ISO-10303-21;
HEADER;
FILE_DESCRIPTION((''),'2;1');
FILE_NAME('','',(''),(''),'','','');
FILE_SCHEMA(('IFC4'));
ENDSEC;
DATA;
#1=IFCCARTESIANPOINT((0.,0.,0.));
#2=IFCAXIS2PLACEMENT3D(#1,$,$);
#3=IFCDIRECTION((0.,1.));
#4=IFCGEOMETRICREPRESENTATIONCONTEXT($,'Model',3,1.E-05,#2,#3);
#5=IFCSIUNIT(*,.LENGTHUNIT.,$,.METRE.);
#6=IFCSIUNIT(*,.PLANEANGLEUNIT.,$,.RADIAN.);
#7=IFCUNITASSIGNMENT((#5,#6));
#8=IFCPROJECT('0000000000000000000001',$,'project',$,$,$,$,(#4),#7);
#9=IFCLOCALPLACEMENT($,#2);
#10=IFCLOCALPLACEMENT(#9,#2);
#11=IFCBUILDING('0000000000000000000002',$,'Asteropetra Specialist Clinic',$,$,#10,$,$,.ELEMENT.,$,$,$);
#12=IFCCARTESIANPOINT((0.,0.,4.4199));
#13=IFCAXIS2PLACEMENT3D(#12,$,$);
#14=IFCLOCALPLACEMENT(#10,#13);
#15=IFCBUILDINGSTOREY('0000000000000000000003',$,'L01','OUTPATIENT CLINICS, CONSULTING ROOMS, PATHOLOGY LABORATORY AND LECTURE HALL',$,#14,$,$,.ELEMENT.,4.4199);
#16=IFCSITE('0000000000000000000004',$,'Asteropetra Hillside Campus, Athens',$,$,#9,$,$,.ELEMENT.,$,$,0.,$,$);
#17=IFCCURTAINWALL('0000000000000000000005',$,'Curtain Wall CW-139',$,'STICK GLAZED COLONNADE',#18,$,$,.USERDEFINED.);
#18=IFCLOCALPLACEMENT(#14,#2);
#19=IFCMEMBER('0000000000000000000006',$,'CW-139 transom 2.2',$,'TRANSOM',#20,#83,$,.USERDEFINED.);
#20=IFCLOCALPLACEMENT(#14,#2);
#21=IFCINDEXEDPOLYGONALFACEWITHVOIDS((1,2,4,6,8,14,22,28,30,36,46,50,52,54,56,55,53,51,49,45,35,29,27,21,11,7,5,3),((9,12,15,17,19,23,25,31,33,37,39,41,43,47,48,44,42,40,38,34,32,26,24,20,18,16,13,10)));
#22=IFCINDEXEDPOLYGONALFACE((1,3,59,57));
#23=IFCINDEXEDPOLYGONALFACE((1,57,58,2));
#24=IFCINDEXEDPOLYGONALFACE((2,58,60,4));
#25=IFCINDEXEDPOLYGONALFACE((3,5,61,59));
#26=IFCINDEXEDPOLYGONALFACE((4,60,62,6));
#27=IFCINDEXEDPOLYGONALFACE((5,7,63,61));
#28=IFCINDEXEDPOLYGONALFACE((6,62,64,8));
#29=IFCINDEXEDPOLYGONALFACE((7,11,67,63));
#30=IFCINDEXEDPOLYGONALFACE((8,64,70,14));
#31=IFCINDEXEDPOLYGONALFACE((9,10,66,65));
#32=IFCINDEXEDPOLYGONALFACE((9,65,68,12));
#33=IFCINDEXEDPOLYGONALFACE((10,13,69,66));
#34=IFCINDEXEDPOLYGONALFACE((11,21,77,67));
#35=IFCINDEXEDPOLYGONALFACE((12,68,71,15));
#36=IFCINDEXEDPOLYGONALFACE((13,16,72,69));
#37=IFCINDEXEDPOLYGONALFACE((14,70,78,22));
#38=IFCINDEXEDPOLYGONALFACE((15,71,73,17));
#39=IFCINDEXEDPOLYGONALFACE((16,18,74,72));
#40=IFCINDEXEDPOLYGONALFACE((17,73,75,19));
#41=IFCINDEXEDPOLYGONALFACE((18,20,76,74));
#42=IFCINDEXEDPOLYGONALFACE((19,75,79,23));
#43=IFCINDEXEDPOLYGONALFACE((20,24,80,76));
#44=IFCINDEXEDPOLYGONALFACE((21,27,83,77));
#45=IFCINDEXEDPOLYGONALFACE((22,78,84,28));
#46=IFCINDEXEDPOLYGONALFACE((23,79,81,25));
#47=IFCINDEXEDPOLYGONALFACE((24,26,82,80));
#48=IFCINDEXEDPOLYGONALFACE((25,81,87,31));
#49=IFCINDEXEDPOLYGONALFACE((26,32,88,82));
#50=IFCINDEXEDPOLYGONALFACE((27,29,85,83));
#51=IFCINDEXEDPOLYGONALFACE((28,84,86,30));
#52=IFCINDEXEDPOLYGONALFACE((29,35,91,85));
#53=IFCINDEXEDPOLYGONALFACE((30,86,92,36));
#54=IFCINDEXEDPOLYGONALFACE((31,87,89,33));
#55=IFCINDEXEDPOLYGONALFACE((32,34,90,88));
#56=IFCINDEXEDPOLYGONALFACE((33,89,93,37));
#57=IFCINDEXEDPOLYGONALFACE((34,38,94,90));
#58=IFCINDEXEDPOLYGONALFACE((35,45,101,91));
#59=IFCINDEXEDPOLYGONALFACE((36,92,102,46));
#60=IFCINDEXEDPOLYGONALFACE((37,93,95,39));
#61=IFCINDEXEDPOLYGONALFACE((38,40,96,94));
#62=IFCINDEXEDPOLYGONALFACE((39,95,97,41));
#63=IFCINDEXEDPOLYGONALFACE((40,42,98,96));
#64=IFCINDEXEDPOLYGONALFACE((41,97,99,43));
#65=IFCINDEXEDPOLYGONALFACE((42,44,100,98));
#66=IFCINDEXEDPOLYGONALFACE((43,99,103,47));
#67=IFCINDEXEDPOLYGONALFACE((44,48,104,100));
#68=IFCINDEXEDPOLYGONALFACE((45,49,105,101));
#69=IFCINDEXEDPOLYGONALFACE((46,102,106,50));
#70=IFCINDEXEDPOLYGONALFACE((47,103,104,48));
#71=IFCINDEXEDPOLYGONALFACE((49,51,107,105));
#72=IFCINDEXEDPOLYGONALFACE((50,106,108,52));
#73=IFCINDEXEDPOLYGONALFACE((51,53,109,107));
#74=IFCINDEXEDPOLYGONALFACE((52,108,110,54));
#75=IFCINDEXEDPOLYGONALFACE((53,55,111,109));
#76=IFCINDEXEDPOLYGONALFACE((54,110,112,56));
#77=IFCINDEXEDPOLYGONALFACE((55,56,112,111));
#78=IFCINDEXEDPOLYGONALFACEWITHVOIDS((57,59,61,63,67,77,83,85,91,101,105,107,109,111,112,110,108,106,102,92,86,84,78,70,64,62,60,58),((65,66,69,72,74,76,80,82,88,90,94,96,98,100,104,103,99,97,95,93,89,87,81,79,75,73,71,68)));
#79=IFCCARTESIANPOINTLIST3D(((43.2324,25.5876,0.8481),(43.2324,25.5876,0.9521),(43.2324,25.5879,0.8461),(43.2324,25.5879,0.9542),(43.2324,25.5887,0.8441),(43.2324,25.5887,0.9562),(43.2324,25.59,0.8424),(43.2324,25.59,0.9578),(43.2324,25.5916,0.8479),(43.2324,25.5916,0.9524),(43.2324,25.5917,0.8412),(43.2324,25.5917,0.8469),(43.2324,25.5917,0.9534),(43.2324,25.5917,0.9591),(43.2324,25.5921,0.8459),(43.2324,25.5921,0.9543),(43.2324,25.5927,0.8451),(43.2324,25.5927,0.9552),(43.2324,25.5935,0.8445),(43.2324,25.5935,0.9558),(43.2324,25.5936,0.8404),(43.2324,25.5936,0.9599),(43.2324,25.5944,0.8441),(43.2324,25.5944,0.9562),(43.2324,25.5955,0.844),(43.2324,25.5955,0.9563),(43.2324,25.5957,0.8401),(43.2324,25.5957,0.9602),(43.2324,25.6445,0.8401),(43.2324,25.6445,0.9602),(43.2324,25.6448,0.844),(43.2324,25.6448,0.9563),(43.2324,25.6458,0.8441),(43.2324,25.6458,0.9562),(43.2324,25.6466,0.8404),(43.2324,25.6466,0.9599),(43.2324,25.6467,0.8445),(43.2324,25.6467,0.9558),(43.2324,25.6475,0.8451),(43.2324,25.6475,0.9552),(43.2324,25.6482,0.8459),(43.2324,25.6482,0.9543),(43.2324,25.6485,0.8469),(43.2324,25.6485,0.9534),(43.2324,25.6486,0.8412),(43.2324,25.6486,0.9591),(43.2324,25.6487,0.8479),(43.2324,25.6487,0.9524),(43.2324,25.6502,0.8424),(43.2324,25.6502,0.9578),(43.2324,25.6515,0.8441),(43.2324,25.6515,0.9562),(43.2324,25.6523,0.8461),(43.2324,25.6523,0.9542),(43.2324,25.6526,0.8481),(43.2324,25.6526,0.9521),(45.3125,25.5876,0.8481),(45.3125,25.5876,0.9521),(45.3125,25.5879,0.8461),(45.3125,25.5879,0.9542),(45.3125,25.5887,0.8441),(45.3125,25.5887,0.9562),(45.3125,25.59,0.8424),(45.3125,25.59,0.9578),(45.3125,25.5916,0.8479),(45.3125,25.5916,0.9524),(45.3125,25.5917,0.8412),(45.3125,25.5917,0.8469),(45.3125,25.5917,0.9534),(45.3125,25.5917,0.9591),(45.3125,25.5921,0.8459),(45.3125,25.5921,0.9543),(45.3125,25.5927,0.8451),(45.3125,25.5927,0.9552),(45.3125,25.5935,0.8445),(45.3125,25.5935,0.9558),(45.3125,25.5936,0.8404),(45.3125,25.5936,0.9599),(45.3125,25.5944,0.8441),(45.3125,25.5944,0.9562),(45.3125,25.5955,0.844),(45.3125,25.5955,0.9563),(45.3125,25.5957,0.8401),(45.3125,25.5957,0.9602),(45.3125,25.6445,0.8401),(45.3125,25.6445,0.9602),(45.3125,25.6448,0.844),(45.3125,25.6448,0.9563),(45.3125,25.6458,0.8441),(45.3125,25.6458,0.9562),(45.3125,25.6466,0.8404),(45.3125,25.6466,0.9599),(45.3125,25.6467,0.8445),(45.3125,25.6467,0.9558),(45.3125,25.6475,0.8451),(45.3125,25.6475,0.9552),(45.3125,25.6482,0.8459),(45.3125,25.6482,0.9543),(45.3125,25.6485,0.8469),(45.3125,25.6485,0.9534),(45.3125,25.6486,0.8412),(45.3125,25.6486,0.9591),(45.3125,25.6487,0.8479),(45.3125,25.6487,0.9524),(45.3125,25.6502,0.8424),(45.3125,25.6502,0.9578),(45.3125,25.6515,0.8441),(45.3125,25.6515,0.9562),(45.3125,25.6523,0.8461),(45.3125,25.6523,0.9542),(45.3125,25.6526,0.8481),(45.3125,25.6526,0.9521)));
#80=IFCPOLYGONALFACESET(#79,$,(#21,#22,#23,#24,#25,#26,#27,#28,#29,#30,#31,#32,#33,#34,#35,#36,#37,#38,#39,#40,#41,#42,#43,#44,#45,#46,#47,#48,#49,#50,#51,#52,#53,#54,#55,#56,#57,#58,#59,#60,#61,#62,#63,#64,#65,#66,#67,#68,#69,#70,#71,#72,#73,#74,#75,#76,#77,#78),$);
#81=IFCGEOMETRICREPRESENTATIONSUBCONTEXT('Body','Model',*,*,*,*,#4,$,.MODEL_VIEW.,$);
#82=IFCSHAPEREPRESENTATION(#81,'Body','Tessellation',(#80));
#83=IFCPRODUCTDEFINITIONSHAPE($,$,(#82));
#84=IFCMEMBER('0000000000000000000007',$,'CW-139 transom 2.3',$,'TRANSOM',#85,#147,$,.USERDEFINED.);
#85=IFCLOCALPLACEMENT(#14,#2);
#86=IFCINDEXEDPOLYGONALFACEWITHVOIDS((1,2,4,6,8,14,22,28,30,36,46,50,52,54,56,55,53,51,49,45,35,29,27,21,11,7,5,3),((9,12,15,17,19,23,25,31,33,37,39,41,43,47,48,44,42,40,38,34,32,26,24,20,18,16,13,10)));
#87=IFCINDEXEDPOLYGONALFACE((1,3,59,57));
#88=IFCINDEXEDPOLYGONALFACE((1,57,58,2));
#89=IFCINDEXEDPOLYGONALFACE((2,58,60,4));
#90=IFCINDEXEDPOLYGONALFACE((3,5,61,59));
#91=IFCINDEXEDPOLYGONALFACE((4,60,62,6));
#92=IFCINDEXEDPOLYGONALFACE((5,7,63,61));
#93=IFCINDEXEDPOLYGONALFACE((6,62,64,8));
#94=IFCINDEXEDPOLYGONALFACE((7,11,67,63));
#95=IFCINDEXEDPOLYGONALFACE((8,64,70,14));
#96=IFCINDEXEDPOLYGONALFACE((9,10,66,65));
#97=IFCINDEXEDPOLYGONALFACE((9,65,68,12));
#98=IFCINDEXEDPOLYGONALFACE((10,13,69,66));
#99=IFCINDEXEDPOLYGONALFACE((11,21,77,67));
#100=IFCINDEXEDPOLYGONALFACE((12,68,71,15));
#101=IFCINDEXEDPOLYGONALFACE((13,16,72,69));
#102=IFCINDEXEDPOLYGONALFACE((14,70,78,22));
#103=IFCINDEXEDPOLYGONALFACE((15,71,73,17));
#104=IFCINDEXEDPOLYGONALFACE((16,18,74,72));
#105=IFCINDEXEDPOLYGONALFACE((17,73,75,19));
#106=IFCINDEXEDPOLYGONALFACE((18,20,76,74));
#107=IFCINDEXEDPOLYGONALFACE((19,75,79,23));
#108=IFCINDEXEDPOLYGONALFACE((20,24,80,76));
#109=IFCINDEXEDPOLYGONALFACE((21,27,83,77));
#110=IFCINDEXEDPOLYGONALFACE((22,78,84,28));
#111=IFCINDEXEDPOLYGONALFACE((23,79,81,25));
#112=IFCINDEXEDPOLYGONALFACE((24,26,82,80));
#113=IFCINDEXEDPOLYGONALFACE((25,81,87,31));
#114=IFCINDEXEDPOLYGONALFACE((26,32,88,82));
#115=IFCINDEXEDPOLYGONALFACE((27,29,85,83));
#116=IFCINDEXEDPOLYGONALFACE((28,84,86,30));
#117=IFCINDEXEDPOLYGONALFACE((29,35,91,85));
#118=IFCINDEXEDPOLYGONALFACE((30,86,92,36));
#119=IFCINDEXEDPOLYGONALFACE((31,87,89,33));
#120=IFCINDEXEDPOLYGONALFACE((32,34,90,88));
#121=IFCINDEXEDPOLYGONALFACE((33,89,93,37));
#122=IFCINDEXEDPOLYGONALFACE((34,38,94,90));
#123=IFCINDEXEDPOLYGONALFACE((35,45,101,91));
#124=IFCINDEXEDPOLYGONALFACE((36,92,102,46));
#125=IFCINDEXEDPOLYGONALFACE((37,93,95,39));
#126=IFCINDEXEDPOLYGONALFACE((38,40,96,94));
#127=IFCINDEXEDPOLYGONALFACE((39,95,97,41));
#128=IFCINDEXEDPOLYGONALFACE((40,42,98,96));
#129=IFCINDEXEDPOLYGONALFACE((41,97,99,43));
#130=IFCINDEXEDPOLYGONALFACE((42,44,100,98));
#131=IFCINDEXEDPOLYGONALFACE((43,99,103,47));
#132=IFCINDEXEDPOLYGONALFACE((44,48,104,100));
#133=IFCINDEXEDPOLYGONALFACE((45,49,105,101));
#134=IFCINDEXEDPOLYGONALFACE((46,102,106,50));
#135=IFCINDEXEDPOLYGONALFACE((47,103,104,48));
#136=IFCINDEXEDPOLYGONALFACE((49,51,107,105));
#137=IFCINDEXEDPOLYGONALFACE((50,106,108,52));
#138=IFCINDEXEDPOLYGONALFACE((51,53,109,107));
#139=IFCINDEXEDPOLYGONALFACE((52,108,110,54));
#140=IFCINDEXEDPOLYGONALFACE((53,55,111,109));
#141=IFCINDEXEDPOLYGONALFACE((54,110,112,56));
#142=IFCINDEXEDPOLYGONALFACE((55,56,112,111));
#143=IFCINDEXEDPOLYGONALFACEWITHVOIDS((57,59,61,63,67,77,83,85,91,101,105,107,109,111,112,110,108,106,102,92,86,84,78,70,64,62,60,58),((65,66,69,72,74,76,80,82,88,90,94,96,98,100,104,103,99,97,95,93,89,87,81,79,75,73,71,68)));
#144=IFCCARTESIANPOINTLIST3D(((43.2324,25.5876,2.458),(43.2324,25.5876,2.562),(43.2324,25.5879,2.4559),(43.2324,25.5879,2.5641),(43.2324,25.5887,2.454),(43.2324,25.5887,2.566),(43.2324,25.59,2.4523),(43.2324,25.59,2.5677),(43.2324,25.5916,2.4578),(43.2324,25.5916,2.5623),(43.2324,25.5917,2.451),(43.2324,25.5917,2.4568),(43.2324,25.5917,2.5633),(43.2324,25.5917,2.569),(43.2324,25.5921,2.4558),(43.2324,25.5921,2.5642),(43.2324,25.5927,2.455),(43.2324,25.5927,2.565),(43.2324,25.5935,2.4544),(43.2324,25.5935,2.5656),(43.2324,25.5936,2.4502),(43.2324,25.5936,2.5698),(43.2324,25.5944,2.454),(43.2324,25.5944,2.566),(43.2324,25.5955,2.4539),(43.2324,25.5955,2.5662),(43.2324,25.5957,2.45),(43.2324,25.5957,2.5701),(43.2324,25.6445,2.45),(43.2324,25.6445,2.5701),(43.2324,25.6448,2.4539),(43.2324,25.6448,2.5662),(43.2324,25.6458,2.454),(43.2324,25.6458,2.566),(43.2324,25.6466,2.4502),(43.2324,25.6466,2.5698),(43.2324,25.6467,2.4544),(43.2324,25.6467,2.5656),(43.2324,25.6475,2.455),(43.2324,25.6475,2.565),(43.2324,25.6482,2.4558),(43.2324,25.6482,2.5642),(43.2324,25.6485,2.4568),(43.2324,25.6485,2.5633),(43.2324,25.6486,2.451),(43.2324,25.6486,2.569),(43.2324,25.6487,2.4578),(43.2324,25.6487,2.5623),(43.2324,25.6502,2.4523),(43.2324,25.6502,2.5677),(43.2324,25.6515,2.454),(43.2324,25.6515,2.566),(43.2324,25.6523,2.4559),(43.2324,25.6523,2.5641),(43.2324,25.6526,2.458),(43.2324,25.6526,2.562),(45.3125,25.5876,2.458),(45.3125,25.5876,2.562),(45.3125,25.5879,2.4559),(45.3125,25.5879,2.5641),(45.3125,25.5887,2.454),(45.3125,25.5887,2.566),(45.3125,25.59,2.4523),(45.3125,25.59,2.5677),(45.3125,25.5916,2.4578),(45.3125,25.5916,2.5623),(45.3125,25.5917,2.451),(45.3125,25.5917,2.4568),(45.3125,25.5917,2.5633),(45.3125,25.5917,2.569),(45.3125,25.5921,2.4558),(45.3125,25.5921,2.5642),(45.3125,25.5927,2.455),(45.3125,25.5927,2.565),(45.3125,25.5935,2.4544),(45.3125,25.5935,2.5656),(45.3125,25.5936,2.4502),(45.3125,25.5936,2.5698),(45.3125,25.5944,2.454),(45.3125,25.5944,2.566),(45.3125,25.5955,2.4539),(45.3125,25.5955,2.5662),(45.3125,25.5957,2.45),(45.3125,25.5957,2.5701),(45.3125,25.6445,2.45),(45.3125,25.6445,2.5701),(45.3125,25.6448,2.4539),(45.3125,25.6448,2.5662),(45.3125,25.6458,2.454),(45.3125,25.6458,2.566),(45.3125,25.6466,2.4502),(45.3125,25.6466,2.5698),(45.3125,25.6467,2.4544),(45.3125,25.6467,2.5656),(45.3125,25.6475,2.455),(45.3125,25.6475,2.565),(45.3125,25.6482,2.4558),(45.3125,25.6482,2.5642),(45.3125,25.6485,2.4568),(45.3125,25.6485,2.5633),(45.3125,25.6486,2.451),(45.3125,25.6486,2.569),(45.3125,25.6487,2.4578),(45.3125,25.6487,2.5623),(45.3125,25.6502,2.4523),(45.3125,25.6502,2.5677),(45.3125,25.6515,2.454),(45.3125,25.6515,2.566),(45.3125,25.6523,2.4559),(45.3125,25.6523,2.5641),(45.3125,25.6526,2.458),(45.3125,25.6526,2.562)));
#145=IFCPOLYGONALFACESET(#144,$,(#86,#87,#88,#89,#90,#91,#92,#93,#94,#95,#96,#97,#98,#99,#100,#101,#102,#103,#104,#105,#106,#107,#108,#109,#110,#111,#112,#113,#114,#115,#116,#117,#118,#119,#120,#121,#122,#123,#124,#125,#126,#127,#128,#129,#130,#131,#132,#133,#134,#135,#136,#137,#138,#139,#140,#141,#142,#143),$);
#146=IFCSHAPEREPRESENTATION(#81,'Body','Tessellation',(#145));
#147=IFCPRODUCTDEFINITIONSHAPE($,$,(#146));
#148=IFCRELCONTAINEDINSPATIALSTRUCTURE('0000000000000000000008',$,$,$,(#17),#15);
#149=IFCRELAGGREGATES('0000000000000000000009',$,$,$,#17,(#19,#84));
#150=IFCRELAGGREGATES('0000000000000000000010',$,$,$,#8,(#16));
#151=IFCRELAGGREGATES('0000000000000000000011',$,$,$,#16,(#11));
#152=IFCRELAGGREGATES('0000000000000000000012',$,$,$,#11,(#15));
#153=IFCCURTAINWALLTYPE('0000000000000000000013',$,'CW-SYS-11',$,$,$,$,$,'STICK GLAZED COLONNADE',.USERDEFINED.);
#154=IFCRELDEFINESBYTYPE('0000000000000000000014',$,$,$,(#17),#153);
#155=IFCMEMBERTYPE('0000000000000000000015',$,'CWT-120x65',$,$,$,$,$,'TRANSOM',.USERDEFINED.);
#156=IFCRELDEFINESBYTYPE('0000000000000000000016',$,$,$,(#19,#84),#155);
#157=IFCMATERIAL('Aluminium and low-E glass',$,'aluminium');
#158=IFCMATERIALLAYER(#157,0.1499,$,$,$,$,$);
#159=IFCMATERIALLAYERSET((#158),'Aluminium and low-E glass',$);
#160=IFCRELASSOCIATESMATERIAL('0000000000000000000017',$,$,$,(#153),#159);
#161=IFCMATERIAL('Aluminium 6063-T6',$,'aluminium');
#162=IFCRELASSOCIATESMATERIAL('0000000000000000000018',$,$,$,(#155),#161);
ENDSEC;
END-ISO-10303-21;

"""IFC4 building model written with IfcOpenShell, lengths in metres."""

from ifc_helpers import new_model, si_unit, direction, frame, origin, origin_2d, place, context, subcontext, project, spatial, hollow_rectangle, extrude, material, layer, layer_set, material_profile, profile_set, type_object, element, aggregate, save


model = new_model("IFC4")

# Units and contexts
model_context = context("Model", 3, precision=1e-05, world=origin(), true_north=direction((0.0, 1.0)))
body_context = subcontext(model_context, "Body", "Model", "MODEL_VIEW")
ifc_project = project(units=[si_unit("LENGTHUNIT", "METRE"), si_unit("PLANEANGLEUNIT", "RADIAN")], contexts=[model_context])

# Site, building, storey
site_placement = place(None, origin())
site = spatial("IfcSite", under=ifc_project, at=site_placement, Name="Asteropetra Hillside Campus, Athens", CompositionType="ELEMENT", RefElevation=0.0)
building_placement = place(site_placement, origin())
building = spatial("IfcBuilding", under=site, at=building_placement, Name="Asteropetra Specialist Clinic", CompositionType="ELEMENT")
storey_placement = place(building_placement, frame((0.0, 0.0, 4.4199)))
storey = spatial("IfcBuildingStorey", under=building, at=storey_placement, Name="L01", Description="OUTPATIENT CLINICS, CONSULTING ROOMS, PATHOLOGY LABORATORY AND LECTURE HALL", CompositionType="ELEMENT", Elevation=4.4199)

# Curtain wall, members
ifc_material_1 = material(Name="Aluminium and low-E glass", Category="aluminium")
ifc_layer_1 = layer(ifc_material_1, 0.1499)
ifc_layer_set_1 = layer_set([ifc_layer_1], Name="Aluminium and low-E glass")
curtain_wall_type = type_object("IfcCurtainWallType", Name="CW-SYS-11", ElementType="STICK GLAZED COLONNADE", PredefinedType="USERDEFINED", material=ifc_layer_set_1)
curtain_wall_placement = place(storey_placement, origin())
curtain_wall = element("IfcCurtainWall", 1, at=curtain_wall_placement, inside=storey, type_object=curtain_wall_type, Name="Curtain Wall CW-139", ObjectType="STICK GLAZED COLONNADE", PredefinedType="USERDEFINED")
ifc_material_2 = material(Name="Aluminium 6063-T6", Category="aluminium")
ifc_material_profile_1 = material_profile(ifc_material_2, hollow_rectangle(XDim=0.0649, YDim=0.1201, WallThickness=0.0039, InnerFilletRadius=0.0039, OuterFilletRadius=0.0081, at=origin_2d()), Name="TRN 120x65x4.0")
ifc_profile_set_1 = profile_set([ifc_material_profile_1], Name="Aluminium 6063-T6")
member_type_1 = type_object("IfcMemberType", Name="CWT-120x65", ElementType="TRANSOM", PredefinedType="USERDEFINED", material=ifc_profile_set_1)
member_1_placement = place(storey_placement, frame((45.3125, 25.6201, 0.9001), z_axis=(-1.0, 0.0, 0.0), x_axis=(0.0, -1.0, 0.0)))
member_1 = element("IfcMember", 2, at=member_1_placement, type_object=member_type_1, Name="CW-139 transom 2.2", ObjectType="TRANSOM", PredefinedType="USERDEFINED", context=body_context, shape_type="SweptSolid", body=[
    extrude(hollow_rectangle(XDim=0.0649, YDim=0.1201, WallThickness=0.0039, InnerFilletRadius=0.0039, OuterFilletRadius=0.0081, at=origin_2d()), origin(), (0.0, 0.0, 1.0), 2.0801),
])
member_2_placement = place(storey_placement, frame((45.3125, 25.6201, 2.51), z_axis=(-1.0, 0.0, 0.0), x_axis=(0.0, -1.0, 0.0)))
member_2 = element("IfcMember", 3, at=member_2_placement, type_object=member_type_1, Name="CW-139 transom 2.3", ObjectType="TRANSOM", PredefinedType="USERDEFINED", context=body_context, shape_type="SweptSolid", body=[
    extrude(hollow_rectangle(XDim=0.0649, YDim=0.1201, WallThickness=0.0039, InnerFilletRadius=0.0039, OuterFilletRadius=0.0081, at=origin_2d()), origin(), (0.0, 0.0, 1.0), 2.0801),
])
aggregate(curtain_wall, [member_1, member_2])

save(model, "model.ifc")
